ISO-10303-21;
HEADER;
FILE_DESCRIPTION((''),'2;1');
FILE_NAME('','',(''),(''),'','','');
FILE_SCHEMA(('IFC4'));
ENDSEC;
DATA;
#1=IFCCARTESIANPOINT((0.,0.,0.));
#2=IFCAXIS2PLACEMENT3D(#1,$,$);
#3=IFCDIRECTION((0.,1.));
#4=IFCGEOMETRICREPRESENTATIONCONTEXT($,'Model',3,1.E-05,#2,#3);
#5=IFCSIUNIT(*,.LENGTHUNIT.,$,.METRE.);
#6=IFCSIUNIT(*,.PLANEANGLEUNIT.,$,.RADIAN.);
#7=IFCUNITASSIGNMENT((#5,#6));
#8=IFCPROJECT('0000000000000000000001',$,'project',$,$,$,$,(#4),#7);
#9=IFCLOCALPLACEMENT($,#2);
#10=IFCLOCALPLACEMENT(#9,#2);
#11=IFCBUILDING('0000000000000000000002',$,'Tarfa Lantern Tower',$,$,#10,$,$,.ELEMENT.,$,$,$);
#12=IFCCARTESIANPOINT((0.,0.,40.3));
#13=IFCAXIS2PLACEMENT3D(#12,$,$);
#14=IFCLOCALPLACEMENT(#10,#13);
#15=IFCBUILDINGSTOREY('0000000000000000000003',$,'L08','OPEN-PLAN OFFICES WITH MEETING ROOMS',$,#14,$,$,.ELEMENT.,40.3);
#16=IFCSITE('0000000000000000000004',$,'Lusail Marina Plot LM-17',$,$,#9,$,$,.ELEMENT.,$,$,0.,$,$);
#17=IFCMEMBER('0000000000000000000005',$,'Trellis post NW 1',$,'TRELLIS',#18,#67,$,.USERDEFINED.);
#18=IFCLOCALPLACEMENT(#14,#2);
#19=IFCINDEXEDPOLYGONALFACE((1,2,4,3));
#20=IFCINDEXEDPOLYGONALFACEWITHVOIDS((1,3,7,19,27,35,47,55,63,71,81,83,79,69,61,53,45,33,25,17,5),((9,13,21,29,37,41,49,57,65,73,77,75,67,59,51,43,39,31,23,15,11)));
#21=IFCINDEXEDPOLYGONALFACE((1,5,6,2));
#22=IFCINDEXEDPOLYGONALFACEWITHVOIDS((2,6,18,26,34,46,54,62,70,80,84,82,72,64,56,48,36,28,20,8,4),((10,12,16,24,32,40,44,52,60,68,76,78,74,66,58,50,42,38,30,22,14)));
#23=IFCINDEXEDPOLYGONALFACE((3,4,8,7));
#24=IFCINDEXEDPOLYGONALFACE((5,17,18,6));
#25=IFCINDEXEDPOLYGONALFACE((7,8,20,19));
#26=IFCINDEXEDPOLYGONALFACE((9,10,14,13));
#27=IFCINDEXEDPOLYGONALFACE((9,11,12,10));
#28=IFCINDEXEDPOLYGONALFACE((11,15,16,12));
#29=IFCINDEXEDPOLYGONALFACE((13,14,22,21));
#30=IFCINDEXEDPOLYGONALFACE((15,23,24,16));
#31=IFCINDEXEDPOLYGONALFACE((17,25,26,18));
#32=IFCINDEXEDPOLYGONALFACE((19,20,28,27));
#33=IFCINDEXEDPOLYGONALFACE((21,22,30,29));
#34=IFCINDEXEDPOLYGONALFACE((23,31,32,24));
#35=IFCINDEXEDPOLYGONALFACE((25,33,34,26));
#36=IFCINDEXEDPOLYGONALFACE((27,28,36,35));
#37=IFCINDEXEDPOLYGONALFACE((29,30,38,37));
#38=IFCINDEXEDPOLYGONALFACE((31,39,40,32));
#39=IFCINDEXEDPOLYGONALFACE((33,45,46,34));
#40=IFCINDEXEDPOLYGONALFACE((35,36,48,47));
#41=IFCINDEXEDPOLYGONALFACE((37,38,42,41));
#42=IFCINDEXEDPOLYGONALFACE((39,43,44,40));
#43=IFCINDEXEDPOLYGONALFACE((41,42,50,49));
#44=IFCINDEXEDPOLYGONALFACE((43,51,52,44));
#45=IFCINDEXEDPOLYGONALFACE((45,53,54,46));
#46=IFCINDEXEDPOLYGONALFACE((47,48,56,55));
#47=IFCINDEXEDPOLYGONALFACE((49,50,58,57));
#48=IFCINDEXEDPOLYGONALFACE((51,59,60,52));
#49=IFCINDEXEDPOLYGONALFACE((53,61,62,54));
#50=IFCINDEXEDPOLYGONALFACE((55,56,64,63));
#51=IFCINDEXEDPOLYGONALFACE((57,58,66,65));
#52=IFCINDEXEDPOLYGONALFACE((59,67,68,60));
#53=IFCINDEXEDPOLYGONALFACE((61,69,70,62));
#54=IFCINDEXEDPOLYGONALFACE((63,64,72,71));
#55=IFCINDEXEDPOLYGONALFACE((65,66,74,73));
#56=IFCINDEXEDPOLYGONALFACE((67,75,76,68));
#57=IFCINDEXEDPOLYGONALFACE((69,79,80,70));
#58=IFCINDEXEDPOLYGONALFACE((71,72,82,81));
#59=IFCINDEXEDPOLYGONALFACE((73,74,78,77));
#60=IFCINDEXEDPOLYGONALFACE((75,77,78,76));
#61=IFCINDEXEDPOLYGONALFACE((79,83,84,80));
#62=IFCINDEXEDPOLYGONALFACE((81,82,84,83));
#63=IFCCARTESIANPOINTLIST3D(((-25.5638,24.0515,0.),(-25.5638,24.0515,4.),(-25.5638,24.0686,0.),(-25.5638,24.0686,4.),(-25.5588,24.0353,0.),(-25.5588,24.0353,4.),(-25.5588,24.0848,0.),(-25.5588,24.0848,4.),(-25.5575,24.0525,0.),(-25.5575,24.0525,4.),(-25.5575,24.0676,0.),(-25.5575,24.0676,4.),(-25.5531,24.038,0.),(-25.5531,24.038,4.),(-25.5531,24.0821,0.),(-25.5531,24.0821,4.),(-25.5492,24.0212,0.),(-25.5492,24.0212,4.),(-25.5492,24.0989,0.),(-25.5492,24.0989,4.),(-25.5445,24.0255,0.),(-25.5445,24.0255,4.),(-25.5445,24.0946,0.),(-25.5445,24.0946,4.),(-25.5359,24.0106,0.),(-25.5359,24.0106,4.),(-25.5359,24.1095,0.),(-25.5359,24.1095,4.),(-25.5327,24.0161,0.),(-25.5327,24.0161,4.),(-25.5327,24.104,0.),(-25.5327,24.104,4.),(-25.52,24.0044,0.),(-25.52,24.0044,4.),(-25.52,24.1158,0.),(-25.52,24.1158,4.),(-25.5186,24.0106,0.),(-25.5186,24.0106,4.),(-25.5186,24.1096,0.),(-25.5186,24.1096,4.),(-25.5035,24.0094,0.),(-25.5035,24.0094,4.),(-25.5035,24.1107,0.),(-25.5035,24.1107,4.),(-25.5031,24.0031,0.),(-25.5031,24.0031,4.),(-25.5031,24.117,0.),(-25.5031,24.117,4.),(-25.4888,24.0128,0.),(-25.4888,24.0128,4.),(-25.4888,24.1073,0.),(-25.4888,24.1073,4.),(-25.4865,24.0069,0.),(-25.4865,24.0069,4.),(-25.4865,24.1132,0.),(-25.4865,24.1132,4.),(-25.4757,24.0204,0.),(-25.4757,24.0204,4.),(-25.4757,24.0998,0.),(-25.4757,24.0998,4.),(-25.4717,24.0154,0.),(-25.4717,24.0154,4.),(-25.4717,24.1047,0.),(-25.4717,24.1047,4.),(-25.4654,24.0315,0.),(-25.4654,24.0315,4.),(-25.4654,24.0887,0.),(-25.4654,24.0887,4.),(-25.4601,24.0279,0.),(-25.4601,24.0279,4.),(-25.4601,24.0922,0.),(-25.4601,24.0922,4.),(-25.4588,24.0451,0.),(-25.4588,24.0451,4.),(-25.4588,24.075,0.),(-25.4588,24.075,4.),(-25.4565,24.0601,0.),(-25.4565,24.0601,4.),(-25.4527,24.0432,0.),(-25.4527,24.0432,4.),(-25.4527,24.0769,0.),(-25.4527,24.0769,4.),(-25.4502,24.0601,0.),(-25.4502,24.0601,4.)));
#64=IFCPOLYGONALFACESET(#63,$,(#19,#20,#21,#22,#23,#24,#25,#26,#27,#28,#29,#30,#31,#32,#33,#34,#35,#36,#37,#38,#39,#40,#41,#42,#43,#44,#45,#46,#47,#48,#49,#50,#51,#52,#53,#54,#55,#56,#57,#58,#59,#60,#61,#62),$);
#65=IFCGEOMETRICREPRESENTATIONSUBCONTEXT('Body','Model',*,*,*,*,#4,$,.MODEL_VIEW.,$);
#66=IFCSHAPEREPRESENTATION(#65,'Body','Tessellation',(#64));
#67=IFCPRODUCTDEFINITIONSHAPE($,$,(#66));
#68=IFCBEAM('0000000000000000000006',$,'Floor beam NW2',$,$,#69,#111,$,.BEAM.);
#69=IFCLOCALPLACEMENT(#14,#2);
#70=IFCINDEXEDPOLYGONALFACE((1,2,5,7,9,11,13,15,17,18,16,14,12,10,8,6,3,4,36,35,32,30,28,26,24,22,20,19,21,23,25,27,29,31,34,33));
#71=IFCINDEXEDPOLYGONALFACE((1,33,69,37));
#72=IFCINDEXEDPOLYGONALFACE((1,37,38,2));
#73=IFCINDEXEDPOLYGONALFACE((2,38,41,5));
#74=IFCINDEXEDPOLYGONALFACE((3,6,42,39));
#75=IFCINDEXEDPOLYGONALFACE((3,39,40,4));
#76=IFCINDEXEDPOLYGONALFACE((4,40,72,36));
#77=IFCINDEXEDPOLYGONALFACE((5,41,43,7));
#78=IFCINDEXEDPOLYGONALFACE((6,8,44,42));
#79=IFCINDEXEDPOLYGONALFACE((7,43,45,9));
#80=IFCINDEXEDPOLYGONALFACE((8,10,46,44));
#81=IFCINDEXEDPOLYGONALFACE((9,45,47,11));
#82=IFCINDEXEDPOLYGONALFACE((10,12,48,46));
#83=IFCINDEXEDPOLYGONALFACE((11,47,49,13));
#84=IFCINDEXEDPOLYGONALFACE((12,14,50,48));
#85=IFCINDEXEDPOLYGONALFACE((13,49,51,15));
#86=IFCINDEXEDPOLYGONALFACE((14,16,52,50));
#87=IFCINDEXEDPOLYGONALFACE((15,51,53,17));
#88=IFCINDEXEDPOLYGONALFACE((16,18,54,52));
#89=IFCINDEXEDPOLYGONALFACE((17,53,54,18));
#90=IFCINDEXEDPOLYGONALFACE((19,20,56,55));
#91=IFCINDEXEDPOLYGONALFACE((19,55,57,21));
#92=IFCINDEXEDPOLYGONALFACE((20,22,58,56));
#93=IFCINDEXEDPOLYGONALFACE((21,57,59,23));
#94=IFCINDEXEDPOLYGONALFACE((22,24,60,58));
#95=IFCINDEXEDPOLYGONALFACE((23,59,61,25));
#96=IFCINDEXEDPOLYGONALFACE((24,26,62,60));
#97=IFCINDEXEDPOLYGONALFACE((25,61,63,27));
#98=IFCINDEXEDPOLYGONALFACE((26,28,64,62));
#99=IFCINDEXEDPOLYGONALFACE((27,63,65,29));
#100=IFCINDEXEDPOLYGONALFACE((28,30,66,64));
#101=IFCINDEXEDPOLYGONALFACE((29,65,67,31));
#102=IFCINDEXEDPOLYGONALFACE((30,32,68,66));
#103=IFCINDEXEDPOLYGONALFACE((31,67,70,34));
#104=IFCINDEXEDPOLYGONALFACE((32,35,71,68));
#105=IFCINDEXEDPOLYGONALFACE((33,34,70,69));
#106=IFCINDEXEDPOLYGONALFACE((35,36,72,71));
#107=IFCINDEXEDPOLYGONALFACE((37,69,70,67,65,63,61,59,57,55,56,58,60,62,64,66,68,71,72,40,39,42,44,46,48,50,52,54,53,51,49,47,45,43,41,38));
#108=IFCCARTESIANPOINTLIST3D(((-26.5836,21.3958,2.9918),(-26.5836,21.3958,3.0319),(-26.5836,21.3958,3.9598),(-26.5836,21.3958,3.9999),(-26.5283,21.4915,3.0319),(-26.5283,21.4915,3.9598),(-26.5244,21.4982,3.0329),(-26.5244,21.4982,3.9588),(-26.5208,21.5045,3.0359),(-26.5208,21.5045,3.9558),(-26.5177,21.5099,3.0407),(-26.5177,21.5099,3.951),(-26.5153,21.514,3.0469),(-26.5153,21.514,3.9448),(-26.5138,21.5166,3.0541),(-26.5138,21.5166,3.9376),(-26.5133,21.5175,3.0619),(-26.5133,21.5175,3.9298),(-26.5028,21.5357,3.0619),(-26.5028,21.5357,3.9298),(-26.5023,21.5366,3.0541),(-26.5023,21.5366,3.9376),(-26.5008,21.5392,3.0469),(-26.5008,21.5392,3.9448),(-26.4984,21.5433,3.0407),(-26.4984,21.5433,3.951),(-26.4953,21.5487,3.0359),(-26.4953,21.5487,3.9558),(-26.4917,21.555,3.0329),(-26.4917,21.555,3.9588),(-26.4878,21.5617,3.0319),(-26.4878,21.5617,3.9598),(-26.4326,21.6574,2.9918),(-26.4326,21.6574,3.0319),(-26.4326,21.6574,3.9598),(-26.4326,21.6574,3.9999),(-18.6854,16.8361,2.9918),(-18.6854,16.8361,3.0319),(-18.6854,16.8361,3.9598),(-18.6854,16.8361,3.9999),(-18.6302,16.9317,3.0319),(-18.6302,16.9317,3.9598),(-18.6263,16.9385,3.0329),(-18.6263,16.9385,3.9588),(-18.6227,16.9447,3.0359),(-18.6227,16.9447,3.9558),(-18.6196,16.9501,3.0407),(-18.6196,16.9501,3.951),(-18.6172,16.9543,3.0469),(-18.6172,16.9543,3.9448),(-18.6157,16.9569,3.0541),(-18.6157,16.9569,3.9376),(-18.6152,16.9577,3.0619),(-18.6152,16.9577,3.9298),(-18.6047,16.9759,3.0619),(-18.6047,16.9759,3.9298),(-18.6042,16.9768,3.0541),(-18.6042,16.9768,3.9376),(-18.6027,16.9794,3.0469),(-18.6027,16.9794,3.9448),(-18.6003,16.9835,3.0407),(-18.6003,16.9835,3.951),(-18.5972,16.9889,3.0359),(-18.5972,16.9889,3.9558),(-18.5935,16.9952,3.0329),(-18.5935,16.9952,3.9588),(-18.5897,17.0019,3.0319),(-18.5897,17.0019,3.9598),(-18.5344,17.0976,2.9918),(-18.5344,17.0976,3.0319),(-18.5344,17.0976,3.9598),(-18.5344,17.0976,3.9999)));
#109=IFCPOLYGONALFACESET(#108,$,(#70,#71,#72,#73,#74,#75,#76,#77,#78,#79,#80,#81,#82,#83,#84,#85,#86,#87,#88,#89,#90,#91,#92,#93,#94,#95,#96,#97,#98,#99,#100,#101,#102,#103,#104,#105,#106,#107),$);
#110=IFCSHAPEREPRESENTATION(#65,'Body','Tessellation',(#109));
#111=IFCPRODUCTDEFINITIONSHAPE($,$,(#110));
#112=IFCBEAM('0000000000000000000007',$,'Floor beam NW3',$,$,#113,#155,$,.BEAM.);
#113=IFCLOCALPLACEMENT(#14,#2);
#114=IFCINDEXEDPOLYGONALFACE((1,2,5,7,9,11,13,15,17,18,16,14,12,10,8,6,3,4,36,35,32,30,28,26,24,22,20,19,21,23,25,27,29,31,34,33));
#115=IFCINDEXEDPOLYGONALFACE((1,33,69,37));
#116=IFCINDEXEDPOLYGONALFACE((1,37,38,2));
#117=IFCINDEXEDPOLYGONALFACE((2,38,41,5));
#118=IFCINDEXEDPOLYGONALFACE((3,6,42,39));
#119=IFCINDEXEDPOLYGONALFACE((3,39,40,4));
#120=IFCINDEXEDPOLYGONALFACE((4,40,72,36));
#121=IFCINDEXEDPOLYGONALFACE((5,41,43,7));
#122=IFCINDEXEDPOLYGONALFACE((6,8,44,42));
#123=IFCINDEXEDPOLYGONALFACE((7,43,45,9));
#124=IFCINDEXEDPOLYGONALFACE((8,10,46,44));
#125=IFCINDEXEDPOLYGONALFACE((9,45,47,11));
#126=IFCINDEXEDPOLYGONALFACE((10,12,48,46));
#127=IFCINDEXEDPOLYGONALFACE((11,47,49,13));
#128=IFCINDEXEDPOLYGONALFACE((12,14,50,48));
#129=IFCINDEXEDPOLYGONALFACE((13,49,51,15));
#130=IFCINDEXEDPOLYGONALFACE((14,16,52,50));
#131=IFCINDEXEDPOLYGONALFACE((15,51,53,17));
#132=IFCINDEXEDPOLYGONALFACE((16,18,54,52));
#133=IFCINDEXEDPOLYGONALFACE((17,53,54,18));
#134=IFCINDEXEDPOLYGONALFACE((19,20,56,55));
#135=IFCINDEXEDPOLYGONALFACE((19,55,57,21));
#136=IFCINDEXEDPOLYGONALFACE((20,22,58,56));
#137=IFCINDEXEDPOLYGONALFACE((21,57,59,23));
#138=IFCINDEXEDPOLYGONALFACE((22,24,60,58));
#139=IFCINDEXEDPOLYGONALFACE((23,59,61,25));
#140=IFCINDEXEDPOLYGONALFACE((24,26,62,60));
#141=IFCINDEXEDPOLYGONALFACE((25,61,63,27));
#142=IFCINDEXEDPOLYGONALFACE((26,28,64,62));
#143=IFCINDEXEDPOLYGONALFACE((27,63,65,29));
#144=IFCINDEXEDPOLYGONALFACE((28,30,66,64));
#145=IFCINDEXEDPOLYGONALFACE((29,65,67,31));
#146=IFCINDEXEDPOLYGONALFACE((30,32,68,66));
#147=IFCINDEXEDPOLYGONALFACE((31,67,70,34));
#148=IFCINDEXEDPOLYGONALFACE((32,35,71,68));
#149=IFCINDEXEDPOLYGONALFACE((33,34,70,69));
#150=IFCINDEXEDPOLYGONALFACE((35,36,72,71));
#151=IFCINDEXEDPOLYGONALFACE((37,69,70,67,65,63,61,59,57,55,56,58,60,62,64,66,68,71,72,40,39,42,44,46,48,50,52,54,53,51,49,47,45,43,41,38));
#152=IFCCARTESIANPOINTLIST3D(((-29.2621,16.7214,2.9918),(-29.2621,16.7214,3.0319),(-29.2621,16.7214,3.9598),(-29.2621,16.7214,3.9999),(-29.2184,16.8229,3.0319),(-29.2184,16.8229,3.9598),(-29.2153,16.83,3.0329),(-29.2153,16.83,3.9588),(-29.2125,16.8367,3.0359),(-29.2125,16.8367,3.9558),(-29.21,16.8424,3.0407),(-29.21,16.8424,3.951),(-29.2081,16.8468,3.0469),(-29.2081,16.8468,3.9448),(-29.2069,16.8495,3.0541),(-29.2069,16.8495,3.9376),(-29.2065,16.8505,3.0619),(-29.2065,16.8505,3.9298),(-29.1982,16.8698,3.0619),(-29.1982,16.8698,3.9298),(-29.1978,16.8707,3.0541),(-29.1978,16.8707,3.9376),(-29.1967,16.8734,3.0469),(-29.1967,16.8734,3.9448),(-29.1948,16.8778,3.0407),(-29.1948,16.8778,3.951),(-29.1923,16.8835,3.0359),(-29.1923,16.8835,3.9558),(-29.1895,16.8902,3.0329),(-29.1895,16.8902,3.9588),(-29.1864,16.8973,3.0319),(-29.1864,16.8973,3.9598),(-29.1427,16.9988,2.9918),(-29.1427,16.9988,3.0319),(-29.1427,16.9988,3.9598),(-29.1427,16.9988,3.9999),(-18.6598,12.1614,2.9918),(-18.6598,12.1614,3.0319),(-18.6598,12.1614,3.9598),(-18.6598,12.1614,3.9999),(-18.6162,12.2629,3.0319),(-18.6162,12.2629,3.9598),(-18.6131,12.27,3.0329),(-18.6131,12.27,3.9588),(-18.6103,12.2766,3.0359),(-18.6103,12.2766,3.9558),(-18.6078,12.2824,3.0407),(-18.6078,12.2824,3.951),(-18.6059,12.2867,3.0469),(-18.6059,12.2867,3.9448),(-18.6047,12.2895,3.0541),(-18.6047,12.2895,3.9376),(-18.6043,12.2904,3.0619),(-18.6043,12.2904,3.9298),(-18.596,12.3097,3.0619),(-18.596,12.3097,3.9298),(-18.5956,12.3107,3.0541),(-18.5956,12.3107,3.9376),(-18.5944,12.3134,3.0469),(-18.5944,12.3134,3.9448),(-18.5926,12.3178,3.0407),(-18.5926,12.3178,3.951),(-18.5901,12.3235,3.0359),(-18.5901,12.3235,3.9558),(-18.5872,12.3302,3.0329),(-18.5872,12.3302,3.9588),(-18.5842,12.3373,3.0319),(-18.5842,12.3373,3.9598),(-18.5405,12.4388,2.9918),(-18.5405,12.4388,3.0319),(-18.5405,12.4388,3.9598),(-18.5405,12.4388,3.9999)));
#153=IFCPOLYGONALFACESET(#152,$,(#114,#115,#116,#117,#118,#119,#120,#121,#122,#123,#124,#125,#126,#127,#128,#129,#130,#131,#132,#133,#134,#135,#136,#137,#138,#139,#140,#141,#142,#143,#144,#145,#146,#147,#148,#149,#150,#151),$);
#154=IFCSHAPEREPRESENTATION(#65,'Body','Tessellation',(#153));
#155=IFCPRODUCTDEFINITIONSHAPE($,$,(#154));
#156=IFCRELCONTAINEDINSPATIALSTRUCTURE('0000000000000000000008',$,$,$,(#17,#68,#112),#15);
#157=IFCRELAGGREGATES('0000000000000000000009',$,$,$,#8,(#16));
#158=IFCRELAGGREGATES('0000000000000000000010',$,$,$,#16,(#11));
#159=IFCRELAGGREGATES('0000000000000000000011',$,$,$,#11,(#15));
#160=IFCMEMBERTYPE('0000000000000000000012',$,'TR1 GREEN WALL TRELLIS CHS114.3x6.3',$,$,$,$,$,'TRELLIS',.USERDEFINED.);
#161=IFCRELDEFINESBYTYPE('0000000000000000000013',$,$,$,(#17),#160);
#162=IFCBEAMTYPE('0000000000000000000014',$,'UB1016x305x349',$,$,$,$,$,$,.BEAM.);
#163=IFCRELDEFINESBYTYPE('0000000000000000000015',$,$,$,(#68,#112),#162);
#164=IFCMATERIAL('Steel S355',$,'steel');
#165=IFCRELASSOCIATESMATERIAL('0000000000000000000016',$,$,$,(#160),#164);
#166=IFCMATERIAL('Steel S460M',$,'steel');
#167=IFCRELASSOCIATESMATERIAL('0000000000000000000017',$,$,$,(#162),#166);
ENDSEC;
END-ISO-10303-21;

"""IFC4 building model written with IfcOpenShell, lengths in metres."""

from ifc_helpers import new_model, si_unit, direction, frame, origin, origin_2d, place, context, subcontext, project, spatial, hollow_circle, i_section, extrude, material, material_profile, profile_set, type_object, element, save


model = new_model("IFC4")

# Units and contexts
model_context = context("Model", 3, precision=1e-05, world=origin(), true_north=direction((0.0, 1.0)))
body_context = subcontext(model_context, "Body", "Model", "MODEL_VIEW")
ifc_project = project(units=[si_unit("LENGTHUNIT", "METRE"), si_unit("PLANEANGLEUNIT", "RADIAN")], contexts=[model_context])

# Site, building, storey
site_placement = place(None, origin())
site = spatial("IfcSite", under=ifc_project, at=site_placement, Name="Lusail Marina Plot LM-17", CompositionType="ELEMENT", RefElevation=0.0)
building_placement = place(site_placement, origin())
building = spatial("IfcBuilding", under=site, at=building_placement, Name="Tarfa Lantern Tower", CompositionType="ELEMENT")
storey_placement = place(building_placement, frame((0.0, 0.0, 40.3)))
storey = spatial("IfcBuildingStorey", under=building, at=storey_placement, Name="L08", Description="OPEN-PLAN OFFICES WITH MEETING ROOMS", CompositionType="ELEMENT", Elevation=40.3)

# Member
ifc_material_1 = material(Name="Steel S355", Category="steel")
ifc_material_profile_1 = material_profile(ifc_material_1, hollow_circle(Radius=0.0571, WallThickness=0.0063, at=origin_2d()), Name="CHS114.3x6.3")
ifc_profile_set_1 = profile_set([ifc_material_profile_1], Name="Steel S355")
member_type_1 = type_object("IfcMemberType", Name="TR1 GREEN WALL TRELLIS CHS114.3x6.3", ElementType="TRELLIS", PredefinedType="USERDEFINED", material=ifc_profile_set_1)
member_1_placement = place(storey_placement, frame((-25.5073, 24.0601, 0.0), z_axis=(0.0, 0.0, 1.0), x_axis=(1.0, 0.0, 0.0)))
element("IfcMember", 1, at=member_1_placement, inside=storey, type_object=member_type_1, Name="Trellis post NW 1", ObjectType="TRELLIS", PredefinedType="USERDEFINED", context=body_context, shape_type="SweptSolid", body=[
    extrude(hollow_circle(Radius=0.0571, WallThickness=0.0063, at=origin_2d()), origin(), (0.0, 0.0, 1.0), 4.0),
])

# Beams
ifc_material_2 = material(Name="Steel S460M", Category="steel")
ifc_material_profile_2 = material_profile(ifc_material_2, i_section(OverallWidth=0.302, OverallDepth=1.0081, WebThickness=0.021, FlangeThickness=0.04, FilletRadius=0.03, at=origin_2d()), Name="UB1016x305x349")
ifc_profile_set_2 = profile_set([ifc_material_profile_2], Name="Steel S460M")
beam_type_1 = type_object("IfcBeamType", Name="UB1016x305x349", PredefinedType="BEAM", material=ifc_profile_set_2)
beam_1_placement = place(storey_placement, frame((-26.5081, 21.5266, 3.4958), z_axis=(0.866035, -0.499983, 0.0), x_axis=(0.499983, 0.866035, 0.0)))
element("IfcBeam", 2, at=beam_1_placement, inside=storey, type_object=beam_type_1, Name="Floor beam NW2", PredefinedType="BEAM", context=body_context, shape_type="SweptSolid", body=[
    extrude(i_section(OverallWidth=0.302, OverallDepth=1.0081, WebThickness=0.021, FlangeThickness=0.04, FilletRadius=0.03, at=origin_2d()), origin(), (0.0, 0.0, 1.0), 9.1199),
])
beam_2_placement = place(storey_placement, frame((-29.2024, 16.8601, 3.4958), z_axis=(0.918635, -0.395106, 0.0), x_axis=(0.395106, 0.918635, 0.0)))
element("IfcBeam", 3, at=beam_2_placement, inside=storey, type_object=beam_type_1, Name="Floor beam NW3", PredefinedType="BEAM", context=body_context, shape_type="SweptSolid", body=[
    extrude(i_section(OverallWidth=0.302, OverallDepth=1.0081, WebThickness=0.021, FlangeThickness=0.04, FilletRadius=0.03, at=origin_2d()), origin(), (0.0, 0.0, 1.0), 11.5413),
])

save(model, "model.ifc")
